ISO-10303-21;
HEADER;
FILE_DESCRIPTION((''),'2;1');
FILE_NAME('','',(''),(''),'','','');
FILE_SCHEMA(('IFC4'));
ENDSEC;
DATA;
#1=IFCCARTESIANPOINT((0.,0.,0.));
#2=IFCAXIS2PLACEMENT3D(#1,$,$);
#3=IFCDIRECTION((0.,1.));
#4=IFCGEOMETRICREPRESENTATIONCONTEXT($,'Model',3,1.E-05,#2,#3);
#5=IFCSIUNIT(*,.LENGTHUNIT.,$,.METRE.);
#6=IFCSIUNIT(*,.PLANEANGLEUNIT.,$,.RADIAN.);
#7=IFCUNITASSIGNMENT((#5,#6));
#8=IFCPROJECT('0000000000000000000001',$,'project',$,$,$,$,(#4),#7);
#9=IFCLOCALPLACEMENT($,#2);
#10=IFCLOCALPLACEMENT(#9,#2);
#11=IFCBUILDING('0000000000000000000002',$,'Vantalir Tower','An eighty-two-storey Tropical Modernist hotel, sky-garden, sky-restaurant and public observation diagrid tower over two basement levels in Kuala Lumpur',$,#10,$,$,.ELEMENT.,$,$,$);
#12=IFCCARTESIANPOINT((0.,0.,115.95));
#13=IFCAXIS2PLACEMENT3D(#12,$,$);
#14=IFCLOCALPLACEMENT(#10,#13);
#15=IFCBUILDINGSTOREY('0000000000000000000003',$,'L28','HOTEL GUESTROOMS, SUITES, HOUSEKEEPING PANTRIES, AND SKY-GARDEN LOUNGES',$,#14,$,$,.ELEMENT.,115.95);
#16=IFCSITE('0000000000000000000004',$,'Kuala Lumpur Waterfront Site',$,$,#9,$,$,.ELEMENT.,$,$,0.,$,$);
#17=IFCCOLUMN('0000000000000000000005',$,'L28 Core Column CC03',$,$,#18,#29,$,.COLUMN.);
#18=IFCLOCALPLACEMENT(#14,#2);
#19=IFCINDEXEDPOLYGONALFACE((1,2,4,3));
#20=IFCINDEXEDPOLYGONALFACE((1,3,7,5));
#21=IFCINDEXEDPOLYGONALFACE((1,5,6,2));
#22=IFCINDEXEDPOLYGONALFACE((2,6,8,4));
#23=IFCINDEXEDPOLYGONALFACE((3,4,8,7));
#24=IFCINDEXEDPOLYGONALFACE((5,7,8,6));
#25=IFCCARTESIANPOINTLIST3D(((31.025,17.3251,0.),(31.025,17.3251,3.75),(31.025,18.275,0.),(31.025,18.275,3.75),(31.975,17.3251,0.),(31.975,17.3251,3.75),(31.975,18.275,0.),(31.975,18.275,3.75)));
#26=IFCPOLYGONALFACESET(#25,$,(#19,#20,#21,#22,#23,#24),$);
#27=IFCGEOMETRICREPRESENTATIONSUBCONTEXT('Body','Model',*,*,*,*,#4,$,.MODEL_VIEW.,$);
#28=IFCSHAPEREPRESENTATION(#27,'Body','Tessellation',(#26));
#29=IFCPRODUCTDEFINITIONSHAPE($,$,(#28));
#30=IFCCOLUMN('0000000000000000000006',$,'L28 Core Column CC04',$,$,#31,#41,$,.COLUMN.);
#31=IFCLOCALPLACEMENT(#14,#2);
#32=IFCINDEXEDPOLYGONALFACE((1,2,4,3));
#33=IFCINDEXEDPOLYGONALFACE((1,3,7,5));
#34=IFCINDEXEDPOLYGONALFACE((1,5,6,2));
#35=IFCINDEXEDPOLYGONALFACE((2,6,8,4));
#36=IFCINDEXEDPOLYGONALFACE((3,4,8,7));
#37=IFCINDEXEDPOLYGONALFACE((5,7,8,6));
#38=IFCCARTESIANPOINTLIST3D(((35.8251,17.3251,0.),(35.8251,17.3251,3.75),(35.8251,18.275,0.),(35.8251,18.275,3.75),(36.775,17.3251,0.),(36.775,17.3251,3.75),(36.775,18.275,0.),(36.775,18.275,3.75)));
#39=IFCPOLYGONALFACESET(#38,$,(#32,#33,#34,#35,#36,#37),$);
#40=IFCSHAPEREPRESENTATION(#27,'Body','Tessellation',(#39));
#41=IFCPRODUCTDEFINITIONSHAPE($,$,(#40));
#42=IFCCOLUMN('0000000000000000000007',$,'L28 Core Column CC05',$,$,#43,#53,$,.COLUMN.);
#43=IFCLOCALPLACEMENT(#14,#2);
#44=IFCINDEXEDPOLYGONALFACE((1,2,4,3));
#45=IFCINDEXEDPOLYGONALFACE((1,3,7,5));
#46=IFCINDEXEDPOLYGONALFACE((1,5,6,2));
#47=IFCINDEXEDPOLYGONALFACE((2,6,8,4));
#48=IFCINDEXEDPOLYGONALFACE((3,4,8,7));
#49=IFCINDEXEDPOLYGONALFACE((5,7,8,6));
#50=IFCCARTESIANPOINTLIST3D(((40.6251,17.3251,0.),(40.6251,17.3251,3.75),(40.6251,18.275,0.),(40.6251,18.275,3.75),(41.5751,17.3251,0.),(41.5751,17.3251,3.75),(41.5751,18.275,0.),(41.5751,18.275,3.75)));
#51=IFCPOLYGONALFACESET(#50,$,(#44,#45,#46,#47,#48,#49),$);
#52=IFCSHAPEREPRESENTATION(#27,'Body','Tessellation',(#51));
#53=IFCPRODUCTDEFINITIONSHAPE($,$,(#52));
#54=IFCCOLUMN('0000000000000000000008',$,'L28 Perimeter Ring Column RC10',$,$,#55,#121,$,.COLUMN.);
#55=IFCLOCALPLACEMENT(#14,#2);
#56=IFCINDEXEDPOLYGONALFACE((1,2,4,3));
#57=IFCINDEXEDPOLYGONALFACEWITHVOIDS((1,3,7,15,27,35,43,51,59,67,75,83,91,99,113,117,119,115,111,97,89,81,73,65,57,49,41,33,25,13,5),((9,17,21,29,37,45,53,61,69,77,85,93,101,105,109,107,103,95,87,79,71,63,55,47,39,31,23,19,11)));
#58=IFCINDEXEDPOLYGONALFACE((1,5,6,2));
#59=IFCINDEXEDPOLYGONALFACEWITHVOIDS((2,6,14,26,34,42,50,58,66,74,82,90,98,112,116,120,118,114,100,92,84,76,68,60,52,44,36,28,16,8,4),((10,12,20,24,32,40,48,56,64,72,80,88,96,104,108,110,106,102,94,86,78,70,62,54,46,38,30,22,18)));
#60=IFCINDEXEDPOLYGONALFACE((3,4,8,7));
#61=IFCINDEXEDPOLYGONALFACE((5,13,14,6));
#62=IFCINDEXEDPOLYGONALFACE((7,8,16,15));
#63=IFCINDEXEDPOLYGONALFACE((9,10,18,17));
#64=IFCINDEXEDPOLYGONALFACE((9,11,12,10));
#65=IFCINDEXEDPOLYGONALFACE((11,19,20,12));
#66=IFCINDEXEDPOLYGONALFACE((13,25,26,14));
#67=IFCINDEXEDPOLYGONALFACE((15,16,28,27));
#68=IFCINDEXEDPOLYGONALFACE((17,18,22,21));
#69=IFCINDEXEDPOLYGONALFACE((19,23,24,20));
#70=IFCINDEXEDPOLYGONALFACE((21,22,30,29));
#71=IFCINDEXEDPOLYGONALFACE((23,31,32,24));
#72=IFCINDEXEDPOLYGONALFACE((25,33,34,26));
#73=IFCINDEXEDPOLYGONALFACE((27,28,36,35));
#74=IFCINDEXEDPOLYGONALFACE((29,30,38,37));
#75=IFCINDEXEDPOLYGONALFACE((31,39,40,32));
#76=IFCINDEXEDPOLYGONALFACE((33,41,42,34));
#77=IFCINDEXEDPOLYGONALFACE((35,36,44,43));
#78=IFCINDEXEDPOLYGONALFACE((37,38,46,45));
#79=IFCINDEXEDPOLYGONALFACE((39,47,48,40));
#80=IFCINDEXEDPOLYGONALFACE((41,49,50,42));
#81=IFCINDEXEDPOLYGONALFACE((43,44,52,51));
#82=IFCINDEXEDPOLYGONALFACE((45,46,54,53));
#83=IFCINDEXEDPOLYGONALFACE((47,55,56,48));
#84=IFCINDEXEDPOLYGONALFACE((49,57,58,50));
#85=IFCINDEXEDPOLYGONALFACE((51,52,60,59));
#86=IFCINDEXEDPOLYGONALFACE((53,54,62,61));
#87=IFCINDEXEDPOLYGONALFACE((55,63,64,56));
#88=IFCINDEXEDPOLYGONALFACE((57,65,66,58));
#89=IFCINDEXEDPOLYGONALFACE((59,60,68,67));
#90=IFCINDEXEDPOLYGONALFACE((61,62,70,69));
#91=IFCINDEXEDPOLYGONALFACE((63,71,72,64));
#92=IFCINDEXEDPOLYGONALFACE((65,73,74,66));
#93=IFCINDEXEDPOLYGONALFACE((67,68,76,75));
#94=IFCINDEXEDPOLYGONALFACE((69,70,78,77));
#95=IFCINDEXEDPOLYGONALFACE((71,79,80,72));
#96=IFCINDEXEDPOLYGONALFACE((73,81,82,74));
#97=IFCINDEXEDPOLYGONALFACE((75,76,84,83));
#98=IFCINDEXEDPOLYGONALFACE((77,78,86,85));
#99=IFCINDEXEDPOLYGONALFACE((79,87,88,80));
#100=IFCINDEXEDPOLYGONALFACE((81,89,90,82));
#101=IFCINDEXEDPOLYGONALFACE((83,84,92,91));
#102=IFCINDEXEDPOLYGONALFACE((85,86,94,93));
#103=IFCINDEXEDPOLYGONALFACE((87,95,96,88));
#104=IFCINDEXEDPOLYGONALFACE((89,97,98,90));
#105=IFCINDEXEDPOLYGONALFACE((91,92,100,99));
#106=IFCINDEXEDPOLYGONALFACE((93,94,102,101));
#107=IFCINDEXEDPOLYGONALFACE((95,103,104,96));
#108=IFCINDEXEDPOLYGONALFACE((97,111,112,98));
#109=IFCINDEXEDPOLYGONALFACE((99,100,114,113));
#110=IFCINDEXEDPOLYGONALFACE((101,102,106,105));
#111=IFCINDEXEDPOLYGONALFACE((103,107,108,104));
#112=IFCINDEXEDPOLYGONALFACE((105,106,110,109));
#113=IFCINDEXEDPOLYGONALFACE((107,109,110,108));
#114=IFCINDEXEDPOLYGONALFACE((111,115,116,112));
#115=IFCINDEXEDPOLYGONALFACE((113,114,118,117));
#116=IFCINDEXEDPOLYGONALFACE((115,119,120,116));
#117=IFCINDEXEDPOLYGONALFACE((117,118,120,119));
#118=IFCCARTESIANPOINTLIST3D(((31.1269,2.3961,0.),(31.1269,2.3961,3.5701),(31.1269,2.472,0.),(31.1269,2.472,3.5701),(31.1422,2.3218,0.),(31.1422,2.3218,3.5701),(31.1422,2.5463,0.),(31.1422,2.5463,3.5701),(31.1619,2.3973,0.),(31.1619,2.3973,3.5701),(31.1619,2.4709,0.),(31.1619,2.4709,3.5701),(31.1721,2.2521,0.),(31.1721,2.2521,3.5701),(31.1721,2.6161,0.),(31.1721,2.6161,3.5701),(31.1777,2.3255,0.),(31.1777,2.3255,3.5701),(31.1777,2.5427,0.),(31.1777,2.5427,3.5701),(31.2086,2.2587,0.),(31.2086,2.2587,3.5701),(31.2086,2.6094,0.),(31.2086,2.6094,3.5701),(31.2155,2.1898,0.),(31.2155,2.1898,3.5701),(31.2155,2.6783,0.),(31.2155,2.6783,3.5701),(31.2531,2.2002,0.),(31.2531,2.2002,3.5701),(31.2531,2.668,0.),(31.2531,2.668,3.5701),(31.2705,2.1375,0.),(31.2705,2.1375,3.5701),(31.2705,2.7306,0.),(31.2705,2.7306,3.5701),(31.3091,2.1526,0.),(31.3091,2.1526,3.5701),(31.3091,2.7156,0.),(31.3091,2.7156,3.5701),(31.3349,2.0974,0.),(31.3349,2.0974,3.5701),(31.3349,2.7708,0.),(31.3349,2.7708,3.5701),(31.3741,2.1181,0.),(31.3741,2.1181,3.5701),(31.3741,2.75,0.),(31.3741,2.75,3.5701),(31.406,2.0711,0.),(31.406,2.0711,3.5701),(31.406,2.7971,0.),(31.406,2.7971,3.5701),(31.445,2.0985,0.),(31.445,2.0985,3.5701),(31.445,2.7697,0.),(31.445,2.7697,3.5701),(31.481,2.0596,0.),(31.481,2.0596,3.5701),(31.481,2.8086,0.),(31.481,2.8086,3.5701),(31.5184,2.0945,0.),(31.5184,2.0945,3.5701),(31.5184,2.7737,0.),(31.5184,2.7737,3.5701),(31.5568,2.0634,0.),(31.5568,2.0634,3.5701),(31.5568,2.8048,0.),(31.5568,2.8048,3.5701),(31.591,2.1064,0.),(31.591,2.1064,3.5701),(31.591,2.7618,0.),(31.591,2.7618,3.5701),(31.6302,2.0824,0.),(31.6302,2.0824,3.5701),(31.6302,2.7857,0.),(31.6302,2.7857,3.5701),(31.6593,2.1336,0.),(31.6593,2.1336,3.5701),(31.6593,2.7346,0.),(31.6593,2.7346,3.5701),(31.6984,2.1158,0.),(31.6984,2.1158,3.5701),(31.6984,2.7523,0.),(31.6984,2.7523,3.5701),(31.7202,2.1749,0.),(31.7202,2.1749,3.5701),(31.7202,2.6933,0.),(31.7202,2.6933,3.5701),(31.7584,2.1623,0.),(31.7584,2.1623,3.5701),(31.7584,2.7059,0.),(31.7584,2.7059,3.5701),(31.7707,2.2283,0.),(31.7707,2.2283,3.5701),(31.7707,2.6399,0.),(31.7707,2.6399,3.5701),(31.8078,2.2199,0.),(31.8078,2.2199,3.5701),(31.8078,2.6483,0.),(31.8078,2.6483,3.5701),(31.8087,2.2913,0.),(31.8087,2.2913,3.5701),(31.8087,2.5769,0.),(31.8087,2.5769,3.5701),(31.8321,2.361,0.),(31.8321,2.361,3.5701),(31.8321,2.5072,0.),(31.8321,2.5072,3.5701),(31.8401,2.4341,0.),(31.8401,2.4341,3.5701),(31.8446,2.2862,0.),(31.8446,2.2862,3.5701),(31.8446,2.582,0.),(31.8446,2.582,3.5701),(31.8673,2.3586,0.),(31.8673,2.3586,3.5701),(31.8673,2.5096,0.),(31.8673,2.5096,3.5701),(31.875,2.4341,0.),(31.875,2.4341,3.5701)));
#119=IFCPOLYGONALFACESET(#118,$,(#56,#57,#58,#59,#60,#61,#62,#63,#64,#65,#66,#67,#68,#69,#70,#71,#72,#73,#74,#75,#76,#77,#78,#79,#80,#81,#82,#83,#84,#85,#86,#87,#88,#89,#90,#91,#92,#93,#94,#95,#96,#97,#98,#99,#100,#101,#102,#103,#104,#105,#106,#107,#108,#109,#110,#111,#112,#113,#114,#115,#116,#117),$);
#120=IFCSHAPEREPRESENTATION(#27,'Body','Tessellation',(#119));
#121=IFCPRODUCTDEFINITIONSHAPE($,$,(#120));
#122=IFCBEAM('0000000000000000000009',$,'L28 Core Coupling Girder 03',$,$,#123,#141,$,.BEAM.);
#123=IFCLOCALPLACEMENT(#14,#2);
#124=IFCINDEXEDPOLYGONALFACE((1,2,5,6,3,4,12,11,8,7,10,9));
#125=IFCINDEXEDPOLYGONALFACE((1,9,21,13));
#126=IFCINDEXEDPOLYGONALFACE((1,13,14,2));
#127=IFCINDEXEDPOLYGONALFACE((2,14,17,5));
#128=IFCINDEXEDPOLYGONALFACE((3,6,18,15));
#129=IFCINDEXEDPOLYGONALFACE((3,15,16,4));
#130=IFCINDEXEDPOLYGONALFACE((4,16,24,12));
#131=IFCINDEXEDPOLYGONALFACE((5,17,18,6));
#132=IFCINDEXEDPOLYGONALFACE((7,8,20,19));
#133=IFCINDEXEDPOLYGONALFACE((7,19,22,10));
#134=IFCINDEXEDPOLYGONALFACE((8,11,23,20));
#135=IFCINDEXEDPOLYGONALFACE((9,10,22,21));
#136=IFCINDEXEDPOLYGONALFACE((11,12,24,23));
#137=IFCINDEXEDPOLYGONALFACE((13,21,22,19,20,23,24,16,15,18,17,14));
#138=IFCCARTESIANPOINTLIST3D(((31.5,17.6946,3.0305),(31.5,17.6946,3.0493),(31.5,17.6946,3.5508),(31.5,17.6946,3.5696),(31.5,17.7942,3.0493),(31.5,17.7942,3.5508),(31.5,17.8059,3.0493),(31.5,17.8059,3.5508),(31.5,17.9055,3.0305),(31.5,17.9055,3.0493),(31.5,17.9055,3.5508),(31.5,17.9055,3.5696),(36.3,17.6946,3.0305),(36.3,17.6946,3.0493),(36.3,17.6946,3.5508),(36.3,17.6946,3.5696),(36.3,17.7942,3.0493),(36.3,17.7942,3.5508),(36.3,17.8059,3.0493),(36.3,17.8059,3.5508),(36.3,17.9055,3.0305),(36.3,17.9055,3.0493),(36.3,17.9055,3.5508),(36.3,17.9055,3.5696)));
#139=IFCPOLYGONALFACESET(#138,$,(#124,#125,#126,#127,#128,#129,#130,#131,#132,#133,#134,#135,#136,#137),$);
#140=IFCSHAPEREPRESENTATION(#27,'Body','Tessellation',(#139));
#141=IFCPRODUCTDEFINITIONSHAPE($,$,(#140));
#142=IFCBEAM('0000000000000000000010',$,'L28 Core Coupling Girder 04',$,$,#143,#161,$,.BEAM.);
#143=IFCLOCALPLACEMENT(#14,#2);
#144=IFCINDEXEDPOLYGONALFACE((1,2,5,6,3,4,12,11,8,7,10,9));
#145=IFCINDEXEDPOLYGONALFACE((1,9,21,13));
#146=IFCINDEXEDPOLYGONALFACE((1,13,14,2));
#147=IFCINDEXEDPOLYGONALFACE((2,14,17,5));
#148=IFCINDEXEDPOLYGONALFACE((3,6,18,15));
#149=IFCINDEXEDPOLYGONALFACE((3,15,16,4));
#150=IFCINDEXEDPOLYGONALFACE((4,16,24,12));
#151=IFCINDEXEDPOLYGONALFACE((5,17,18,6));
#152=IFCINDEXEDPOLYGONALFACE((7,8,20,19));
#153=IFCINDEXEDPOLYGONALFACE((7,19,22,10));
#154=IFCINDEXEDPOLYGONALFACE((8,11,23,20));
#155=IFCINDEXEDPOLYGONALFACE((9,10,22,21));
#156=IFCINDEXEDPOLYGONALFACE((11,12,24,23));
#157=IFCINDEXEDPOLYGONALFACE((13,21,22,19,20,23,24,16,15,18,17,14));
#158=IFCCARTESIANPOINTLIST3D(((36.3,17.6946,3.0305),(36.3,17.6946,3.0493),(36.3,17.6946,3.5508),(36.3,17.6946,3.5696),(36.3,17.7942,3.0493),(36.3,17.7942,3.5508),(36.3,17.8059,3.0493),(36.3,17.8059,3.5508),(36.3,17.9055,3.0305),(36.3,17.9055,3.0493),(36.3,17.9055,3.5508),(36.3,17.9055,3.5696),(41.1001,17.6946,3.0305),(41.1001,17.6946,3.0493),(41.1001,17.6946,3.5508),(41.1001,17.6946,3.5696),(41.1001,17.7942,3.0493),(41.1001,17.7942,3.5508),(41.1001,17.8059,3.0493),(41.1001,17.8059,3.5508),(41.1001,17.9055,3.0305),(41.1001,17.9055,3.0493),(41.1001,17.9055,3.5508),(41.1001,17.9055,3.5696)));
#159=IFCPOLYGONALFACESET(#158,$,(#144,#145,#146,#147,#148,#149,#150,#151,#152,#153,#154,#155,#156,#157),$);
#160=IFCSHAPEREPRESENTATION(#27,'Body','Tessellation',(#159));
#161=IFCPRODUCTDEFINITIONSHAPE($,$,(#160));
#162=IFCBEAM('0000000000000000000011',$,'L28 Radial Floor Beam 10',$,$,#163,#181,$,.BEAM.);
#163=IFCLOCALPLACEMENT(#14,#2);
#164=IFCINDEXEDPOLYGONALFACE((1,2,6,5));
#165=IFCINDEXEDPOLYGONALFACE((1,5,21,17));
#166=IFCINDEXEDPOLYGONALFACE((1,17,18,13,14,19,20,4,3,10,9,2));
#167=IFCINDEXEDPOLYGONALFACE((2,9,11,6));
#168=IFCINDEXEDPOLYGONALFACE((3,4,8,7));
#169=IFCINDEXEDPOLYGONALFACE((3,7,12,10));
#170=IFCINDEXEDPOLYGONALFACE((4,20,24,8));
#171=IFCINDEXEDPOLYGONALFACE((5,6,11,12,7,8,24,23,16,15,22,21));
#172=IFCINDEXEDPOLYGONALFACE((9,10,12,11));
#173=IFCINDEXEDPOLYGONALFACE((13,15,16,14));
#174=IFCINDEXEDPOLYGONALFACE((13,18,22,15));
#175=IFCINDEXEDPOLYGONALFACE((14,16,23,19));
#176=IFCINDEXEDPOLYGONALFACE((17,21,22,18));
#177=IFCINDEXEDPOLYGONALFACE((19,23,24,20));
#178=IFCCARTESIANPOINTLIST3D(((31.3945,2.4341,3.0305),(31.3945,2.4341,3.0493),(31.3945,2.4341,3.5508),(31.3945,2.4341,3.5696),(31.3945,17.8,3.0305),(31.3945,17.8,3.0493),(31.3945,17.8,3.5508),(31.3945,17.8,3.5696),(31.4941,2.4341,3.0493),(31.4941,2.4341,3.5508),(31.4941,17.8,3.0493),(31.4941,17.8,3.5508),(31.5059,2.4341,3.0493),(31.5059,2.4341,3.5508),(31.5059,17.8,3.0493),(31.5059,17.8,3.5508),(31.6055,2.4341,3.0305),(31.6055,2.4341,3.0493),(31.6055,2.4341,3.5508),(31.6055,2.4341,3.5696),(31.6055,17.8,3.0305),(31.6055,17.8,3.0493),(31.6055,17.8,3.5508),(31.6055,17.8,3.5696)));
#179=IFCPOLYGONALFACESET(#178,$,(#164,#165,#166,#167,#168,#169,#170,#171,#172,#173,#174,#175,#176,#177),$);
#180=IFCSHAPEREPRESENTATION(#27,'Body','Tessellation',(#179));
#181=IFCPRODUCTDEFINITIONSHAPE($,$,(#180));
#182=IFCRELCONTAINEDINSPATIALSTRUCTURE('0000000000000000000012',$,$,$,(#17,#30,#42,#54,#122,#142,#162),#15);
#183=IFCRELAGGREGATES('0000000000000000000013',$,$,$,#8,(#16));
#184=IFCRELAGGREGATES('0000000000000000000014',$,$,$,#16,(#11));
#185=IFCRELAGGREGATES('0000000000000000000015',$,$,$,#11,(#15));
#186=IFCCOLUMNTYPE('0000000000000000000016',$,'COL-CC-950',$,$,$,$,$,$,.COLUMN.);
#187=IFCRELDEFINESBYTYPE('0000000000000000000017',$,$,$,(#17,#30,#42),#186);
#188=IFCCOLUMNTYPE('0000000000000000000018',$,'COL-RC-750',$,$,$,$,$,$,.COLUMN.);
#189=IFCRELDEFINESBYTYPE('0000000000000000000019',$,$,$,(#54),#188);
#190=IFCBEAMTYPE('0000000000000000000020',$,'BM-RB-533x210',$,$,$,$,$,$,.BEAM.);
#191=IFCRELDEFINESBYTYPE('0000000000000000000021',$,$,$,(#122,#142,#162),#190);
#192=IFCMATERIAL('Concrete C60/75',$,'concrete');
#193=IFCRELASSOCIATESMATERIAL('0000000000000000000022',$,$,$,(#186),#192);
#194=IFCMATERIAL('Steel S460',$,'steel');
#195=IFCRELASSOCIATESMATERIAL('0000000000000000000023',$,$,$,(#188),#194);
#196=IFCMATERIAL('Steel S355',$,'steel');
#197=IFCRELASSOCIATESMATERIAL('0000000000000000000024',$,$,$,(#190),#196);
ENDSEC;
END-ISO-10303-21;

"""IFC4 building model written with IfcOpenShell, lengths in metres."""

from ifc_helpers import new_model, si_unit, direction, frame, origin, origin_2d, place, context, subcontext, project, spatial, rectangle, hollow_circle, i_section, extrude, material, material_profile, profile_set, type_object, element, save


model = new_model("IFC4")

# Units and contexts
model_context = context("Model", 3, precision=1e-05, world=origin(), true_north=direction((0.0, 1.0)))
body_context = subcontext(model_context, "Body", "Model", "MODEL_VIEW")
ifc_project = project(units=[si_unit("LENGTHUNIT", "METRE"), si_unit("PLANEANGLEUNIT", "RADIAN")], contexts=[model_context])

# Site, building, storey
site_placement = place(None, origin())
site = spatial("IfcSite", under=ifc_project, at=site_placement, Name="Kuala Lumpur Waterfront Site", CompositionType="ELEMENT", RefElevation=0.0)
building_placement = place(site_placement, origin())
building = spatial("IfcBuilding", under=site, at=building_placement, Name="Vantalir Tower", Description="An eighty-two-storey Tropical Modernist hotel, sky-garden, sky-restaurant and public observation diagrid tower over two basement levels in Kuala Lumpur", CompositionType="ELEMENT")
storey_placement = place(building_placement, frame((0.0, 0.0, 115.95)))
storey = spatial("IfcBuildingStorey", under=building, at=storey_placement, Name="L28", Description="HOTEL GUESTROOMS, SUITES, HOUSEKEEPING PANTRIES, AND SKY-GARDEN LOUNGES", CompositionType="ELEMENT", Elevation=115.95)

# Columns
ifc_material_1 = material(Name="Concrete C60/75", Category="concrete")
ifc_material_profile_1 = material_profile(ifc_material_1, rectangle(XDim=0.95, YDim=0.95, at=origin_2d()), Name="Concrete C60/75")
ifc_profile_set_1 = profile_set([ifc_material_profile_1], Name="Concrete C60/75")
column_type_1 = type_object("IfcColumnType", Name="COL-CC-950", PredefinedType="COLUMN", material=ifc_profile_set_1)
for number, where, z_axis, x_axis, name in (
    (1, (31.5, 17.8, 0.0), (0.0, 0.0, 1.0), (1.0, 0.0, 0.0), "L28 Core Column CC03"),
    (2, (36.3, 17.8, 0.0), (0.0, 0.0, 1.0), (1.0, 0.0, 0.0), "L28 Core Column CC04"),
    (3, (41.1001, 17.8, 0.0), (0.0, 0.0, 1.0), (1.0, 0.0, 0.0), "L28 Core Column CC05"),
):
    element("IfcColumn", number, at=place(storey_placement, frame(where, z_axis=z_axis, x_axis=x_axis)), inside=storey, type_object=column_type_1, Name=name, PredefinedType="COLUMN", context=body_context, shape_type="SweptSolid", body=[
        extrude(rectangle(XDim=0.95, YDim=0.95, at=origin_2d()), origin(), (0.0, 0.0, 1.0), 3.75),
    ])
ifc_material_2 = material(Name="Steel S460", Category="steel")
ifc_material_profile_2 = material_profile(ifc_material_2, hollow_circle(Radius=0.375, WallThickness=0.0349, at=origin_2d()), Name="Steel S460")
ifc_profile_set_2 = profile_set([ifc_material_profile_2], Name="Steel S460")
column_type_2 = type_object("IfcColumnType", Name="COL-RC-750", PredefinedType="COLUMN", material=ifc_profile_set_2)
column_placement = place(storey_placement, frame((31.5, 2.4341, 0.0), z_axis=(0.0, 0.0, 1.0), x_axis=(1.0, 0.0, 0.0)))
element("IfcColumn", 4, at=column_placement, inside=storey, type_object=column_type_2, Name="L28 Perimeter Ring Column RC10", PredefinedType="COLUMN", context=body_context, shape_type="SweptSolid", body=[
    extrude(hollow_circle(Radius=0.375, WallThickness=0.0349, at=origin_2d()), origin(), (0.0, 0.0, 1.0), 3.5701),
])

# Beams
ifc_material_3 = material(Name="Steel S355", Category="steel")
ifc_material_profile_3 = material_profile(ifc_material_3, i_section(OverallWidth=0.2109, OverallDepth=0.5391, WebThickness=0.0117, FlangeThickness=0.0188, at=origin_2d()), Name="Steel S355")
ifc_profile_set_3 = profile_set([ifc_material_profile_3], Name="Steel S355")
beam_type_1 = type_object("IfcBeamType", Name="BM-RB-533x210", PredefinedType="BEAM", material=ifc_profile_set_3)
for number, where, z_axis, x_axis, name in (
    (5, (31.5, 17.8, 3.3), (1.0, 0.0, 0.0), (0.0, 1.0, 0.0), "L28 Core Coupling Girder 03"),
    (6, (36.3, 17.8, 3.3), (1.0, 0.0, 0.0), (0.0, 1.0, 0.0), "L28 Core Coupling Girder 04"),
):
    element("IfcBeam", number, at=place(storey_placement, frame(where, z_axis=z_axis, x_axis=x_axis)), inside=storey, type_object=beam_type_1, Name=name, PredefinedType="BEAM", context=body_context, shape_type="SweptSolid", body=[
        extrude(i_section(OverallWidth=0.2109, OverallDepth=0.5391, WebThickness=0.0117, FlangeThickness=0.0188, at=origin_2d()), origin(), (0.0, 0.0, 1.0), 4.8),
    ])
beam_1_placement = place(storey_placement, frame((31.5, 2.4341, 3.3), z_axis=(0.0, 1.0, 0.0), x_axis=(-1.0, 0.0, 0.0)))
element("IfcBeam", 7, at=beam_1_placement, inside=storey, type_object=beam_type_1, Name="L28 Radial Floor Beam 10", PredefinedType="BEAM", context=body_context, shape_type="SweptSolid", body=[
    extrude(i_section(OverallWidth=0.2109, OverallDepth=0.5391, WebThickness=0.0117, FlangeThickness=0.0188, at=origin_2d()), origin(), (0.0, 0.0, 1.0), 15.366),
])

save(model, "model.ifc")
